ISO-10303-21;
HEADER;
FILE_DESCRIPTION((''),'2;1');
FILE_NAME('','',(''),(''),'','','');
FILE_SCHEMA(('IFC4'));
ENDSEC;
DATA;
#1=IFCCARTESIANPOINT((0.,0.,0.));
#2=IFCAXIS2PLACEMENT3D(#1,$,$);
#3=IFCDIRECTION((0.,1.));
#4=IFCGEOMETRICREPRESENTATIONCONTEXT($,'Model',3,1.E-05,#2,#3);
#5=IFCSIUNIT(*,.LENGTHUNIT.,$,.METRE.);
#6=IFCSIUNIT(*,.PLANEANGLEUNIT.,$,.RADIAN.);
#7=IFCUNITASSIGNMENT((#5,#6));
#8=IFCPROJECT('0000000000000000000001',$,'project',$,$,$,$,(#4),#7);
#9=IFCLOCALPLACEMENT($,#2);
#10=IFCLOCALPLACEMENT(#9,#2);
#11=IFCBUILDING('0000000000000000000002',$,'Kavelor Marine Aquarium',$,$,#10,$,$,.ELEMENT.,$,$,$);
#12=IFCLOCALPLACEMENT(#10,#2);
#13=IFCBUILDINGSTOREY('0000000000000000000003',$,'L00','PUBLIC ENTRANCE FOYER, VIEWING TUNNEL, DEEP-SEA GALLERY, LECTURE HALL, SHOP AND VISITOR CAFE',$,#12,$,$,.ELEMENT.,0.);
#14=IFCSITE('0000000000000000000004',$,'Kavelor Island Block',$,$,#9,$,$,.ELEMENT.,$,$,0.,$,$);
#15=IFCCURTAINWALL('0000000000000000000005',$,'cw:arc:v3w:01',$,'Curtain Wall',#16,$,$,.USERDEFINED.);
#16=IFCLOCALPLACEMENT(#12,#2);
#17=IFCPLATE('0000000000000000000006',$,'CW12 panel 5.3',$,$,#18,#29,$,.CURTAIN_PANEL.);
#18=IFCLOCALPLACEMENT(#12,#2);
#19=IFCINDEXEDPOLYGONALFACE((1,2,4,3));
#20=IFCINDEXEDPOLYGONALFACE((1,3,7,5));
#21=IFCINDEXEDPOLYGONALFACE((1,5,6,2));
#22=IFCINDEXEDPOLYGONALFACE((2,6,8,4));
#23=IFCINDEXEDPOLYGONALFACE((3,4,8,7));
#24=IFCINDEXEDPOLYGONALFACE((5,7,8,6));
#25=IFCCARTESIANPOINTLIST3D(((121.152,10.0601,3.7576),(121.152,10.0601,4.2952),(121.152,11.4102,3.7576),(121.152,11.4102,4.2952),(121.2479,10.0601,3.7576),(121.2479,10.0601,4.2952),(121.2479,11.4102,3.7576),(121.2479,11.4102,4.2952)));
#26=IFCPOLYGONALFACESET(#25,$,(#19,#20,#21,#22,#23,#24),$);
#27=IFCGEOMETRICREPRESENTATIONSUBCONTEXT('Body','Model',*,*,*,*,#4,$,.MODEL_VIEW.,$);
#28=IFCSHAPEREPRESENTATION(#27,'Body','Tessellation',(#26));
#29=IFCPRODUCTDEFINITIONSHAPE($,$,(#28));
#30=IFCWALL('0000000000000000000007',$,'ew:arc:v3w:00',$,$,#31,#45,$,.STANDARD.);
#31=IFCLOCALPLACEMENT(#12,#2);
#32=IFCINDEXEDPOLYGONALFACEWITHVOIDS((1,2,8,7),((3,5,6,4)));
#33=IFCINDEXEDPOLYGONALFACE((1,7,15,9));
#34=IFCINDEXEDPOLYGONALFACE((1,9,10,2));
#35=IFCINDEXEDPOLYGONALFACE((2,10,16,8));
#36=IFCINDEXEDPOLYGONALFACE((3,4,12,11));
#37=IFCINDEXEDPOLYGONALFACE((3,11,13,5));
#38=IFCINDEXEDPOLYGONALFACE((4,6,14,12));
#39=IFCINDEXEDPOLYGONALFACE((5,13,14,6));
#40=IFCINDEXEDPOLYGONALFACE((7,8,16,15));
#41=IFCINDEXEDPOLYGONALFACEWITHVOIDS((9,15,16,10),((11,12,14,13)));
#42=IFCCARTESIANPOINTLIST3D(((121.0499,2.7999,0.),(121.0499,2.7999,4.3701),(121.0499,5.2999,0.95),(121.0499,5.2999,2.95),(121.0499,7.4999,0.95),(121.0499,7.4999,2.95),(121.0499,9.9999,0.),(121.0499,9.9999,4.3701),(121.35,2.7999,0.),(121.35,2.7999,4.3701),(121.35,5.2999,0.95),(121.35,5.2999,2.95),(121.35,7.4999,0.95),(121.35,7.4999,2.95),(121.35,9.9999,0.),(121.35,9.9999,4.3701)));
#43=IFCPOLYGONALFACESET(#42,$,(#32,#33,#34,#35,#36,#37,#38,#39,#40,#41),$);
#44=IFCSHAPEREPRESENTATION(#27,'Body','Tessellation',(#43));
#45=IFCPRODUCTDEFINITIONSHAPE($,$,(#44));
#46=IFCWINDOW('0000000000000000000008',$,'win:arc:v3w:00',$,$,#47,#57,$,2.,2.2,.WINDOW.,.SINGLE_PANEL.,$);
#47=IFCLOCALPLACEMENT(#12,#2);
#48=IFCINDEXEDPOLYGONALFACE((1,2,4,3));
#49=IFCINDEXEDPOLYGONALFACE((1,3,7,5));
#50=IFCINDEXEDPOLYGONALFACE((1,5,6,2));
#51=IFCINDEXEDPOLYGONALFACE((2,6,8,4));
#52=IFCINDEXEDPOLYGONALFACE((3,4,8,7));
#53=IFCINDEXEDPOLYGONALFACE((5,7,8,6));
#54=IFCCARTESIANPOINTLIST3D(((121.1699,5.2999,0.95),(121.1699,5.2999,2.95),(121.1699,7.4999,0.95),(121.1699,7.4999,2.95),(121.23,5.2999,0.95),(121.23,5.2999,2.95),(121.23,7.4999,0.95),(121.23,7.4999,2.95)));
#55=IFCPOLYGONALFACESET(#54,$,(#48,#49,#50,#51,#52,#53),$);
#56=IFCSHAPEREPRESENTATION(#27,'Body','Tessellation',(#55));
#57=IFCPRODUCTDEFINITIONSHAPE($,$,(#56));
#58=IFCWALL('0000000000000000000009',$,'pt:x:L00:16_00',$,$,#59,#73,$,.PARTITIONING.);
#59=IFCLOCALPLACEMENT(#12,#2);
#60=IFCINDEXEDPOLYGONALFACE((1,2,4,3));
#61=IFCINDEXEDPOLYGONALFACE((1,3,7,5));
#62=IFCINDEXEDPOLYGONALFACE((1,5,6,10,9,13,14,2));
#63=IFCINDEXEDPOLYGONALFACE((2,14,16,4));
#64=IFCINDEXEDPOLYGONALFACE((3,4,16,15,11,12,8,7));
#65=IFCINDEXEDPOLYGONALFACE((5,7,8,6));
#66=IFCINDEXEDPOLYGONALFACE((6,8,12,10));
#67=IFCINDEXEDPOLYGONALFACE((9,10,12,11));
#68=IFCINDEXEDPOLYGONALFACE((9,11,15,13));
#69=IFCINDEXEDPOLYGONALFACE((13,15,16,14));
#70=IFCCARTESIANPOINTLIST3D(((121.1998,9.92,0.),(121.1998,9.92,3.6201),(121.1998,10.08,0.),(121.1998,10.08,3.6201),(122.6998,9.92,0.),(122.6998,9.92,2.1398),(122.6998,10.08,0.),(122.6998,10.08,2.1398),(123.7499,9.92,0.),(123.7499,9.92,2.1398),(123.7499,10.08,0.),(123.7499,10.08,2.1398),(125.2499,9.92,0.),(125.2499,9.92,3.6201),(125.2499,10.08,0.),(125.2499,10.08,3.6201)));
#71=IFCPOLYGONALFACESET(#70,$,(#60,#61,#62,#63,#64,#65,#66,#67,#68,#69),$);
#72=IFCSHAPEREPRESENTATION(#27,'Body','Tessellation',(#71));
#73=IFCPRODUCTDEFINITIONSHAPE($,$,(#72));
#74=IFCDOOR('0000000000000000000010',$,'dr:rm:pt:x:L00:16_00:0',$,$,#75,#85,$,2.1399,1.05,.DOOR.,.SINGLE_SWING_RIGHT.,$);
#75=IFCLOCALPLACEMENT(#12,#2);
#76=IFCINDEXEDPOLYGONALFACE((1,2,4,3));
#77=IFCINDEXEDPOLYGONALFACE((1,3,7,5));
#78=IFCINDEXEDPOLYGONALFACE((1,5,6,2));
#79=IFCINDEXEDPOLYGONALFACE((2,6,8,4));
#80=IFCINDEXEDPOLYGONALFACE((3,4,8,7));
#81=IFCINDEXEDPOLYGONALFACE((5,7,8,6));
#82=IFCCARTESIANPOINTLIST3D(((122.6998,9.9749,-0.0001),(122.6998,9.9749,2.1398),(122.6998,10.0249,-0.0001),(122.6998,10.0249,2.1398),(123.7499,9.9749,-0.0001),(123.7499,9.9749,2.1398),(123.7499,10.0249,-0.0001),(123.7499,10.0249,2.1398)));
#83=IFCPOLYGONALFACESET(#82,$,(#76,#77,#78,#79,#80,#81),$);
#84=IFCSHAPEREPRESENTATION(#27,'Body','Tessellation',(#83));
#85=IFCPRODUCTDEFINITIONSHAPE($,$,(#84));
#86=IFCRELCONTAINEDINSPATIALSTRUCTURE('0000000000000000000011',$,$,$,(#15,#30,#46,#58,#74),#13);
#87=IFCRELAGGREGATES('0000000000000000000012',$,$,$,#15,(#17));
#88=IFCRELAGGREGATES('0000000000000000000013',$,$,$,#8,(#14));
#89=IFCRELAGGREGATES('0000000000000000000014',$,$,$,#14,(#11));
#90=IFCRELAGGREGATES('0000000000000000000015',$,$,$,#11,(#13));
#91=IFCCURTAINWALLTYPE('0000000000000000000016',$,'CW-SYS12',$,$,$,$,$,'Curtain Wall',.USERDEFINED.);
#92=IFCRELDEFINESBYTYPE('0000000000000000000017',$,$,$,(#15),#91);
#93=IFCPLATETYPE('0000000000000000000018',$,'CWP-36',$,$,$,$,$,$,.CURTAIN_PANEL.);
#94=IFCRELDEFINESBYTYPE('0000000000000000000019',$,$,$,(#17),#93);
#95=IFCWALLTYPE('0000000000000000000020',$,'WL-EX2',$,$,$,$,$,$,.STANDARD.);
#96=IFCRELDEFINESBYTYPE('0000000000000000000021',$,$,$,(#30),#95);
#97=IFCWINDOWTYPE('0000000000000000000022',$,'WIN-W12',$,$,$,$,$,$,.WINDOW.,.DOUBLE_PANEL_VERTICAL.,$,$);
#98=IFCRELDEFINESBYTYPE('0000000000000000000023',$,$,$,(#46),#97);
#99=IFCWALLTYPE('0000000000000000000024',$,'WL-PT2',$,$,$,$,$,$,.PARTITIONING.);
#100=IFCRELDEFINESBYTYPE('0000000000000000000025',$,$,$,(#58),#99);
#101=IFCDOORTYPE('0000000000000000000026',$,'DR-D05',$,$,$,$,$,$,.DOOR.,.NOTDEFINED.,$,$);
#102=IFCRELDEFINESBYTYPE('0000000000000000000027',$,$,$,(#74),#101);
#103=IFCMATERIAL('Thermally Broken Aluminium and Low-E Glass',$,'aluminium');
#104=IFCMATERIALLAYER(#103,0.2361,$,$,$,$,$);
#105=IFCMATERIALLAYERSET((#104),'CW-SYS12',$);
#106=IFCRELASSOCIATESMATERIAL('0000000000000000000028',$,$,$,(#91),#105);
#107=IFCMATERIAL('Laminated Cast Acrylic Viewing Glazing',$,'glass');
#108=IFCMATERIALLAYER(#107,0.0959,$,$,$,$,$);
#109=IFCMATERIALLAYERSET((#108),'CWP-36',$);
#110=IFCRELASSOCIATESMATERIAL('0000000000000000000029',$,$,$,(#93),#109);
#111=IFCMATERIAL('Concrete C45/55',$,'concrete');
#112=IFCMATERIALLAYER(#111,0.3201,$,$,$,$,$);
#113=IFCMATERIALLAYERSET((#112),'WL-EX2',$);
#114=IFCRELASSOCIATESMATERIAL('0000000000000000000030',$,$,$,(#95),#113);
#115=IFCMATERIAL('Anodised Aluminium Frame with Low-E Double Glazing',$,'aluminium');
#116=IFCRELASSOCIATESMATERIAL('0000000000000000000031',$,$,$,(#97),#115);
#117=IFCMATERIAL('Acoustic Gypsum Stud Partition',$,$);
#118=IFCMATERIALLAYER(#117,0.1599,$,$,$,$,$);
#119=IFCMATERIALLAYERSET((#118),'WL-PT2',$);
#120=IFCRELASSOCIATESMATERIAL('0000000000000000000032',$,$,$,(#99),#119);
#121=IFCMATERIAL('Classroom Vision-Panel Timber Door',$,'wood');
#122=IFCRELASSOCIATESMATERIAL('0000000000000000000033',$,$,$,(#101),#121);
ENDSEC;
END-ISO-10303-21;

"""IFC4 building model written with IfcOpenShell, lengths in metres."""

from ifc_helpers import new_model, si_unit, direction, frame, frame_2d, origin, origin_2d, place, context, subcontext, project, spatial, rectangle, extrude, material, layer, layer_set, type_object, element, fill, aggregate, save


model = new_model("IFC4")

# Units and contexts
model_context = context("Model", 3, precision=1e-05, world=origin(), true_north=direction((0.0, 1.0)))
body_context = subcontext(model_context, "Body", "Model", "MODEL_VIEW")
ifc_project = project(units=[si_unit("LENGTHUNIT", "METRE"), si_unit("PLANEANGLEUNIT", "RADIAN")], contexts=[model_context])

# Site, building, storey
site_placement = place(None, origin())
site = spatial("IfcSite", under=ifc_project, at=site_placement, Name="Kavelor Island Block", CompositionType="ELEMENT", RefElevation=0.0)
building_placement = place(site_placement, origin())
building = spatial("IfcBuilding", under=site, at=building_placement, Name="Kavelor Marine Aquarium", CompositionType="ELEMENT")
storey_placement = place(building_placement, origin())
storey = spatial("IfcBuildingStorey", under=building, at=storey_placement, Name="L00", Description="PUBLIC ENTRANCE FOYER, VIEWING TUNNEL, DEEP-SEA GALLERY, LECTURE HALL, SHOP AND VISITOR CAFE", CompositionType="ELEMENT", Elevation=0.0)

# Curtain wall, plate
ifc_material_1 = material(Name="Thermally Broken Aluminium and Low-E Glass", Category="aluminium")
ifc_layer_1 = layer(ifc_material_1, 0.2361)
ifc_layer_set_1 = layer_set([ifc_layer_1], Name="CW-SYS12")
curtain_wall_type = type_object("IfcCurtainWallType", Name="CW-SYS12", ElementType="Curtain Wall", PredefinedType="USERDEFINED", material=ifc_layer_set_1)
curtain_wall_placement = place(storey_placement, origin())
curtain_wall = element("IfcCurtainWall", 1, at=curtain_wall_placement, inside=storey, type_object=curtain_wall_type, Name="cw:arc:v3w:01", ObjectType="Curtain Wall", PredefinedType="USERDEFINED")
ifc_material_2 = material(Name="Laminated Cast Acrylic Viewing Glazing", Category="glass")
ifc_layer_2 = layer(ifc_material_2, 0.0959)
ifc_layer_set_2 = layer_set([ifc_layer_2], Name="CWP-36")
plate_type = type_object("IfcPlateType", Name="CWP-36", PredefinedType="CURTAIN_PANEL", material=ifc_layer_set_2)
plate_1_placement = place(storey_placement, frame((121.2, 10.7351, 3.7576), z_axis=(0.0, 0.0, 1.0), x_axis=(0.0, -1.0, 0.0)))
plate_1 = element("IfcPlate", 2, at=plate_1_placement, type_object=plate_type, Name="CW12 panel 5.3", PredefinedType="CURTAIN_PANEL", context=body_context, shape_type="SweptSolid", body=[
    extrude(rectangle(XDim=1.3501, YDim=0.0959, at=origin_2d()), origin(), (0.0, 0.0, 1.0), 0.5376),
])
aggregate(curtain_wall, [plate_1])

# Wall, opening, window
ifc_material_3 = material(Name="Concrete C45/55", Category="concrete")
ifc_layer_3 = layer(ifc_material_3, 0.3201)
ifc_layer_set_3 = layer_set([ifc_layer_3], Name="WL-EX2")
wall_type_1 = type_object("IfcWallType", Name="WL-EX2", PredefinedType="STANDARD", material=ifc_layer_set_3)
wall_1_placement = place(storey_placement, frame((121.2, 10.0, 0.0), z_axis=(0.0, 0.0, 1.0), x_axis=(0.0, -1.0, 0.0)))
wall_1 = element("IfcWall", 3, at=wall_1_placement, inside=storey, type_object=wall_type_1, Name="ew:arc:v3w:00", PredefinedType="STANDARD", context=body_context, shape_type="SweptSolid", body=[
    extrude(rectangle(XDim=7.2, YDim=0.3, at=frame_2d((3.6001, 0.0))), origin(), (0.0, 0.0, 1.0), 4.3701),
])
opening_1_placement = place(wall_1_placement, frame((2.5, 0.0, 0.95)))
opening_1 = element("IfcOpeningElement", 4, at=opening_1_placement, cuts=wall_1, PredefinedType="OPENING", context=body_context, shape_type="SweptSolid", body=[
    extrude(rectangle(XDim=2.2, YDim=2.0, at=frame_2d((1.1001, 1.0))), frame((0.0, 0.1599, 0.0), z_axis=(0.0, -1.0, 0.0), x_axis=(1.0, 0.0, 0.0)), (0.0, 0.0, 1.0), 0.32),
])
ifc_material_4 = material(Name="Anodised Aluminium Frame with Low-E Double Glazing", Category="aluminium")
window_type = type_object("IfcWindowType", Name="WIN-W12", PartitioningType="DOUBLE_PANEL_VERTICAL", PredefinedType="WINDOW", material=ifc_material_4)
window_placement = place(opening_1_placement, origin())
window = element("IfcWindow", 5, at=window_placement, inside=storey, type_object=window_type, Name="win:arc:v3w:00", OverallHeight=2.0, OverallWidth=2.2, PartitioningType="SINGLE_PANEL", PredefinedType="WINDOW", context=body_context, shape_type="SweptSolid", body=[
    extrude(rectangle(XDim=2.2, YDim=2.0, at=frame_2d((1.1001, 1.0))), frame((0.0, 0.03, 0.0), z_axis=(0.0, -1.0, 0.0), x_axis=(1.0, 0.0, 0.0)), (0.0, 0.0, 1.0), 0.0601),
])
fill(opening_1, window)

# Wall, opening, door
ifc_material_5 = material(Name="Acoustic Gypsum Stud Partition")
ifc_layer_4 = layer(ifc_material_5, 0.1599)
ifc_layer_set_4 = layer_set([ifc_layer_4], Name="WL-PT2")
wall_type_2 = type_object("IfcWallType", Name="WL-PT2", PredefinedType="PARTITIONING", material=ifc_layer_set_4)
wall_2_placement = place(storey_placement, frame((121.2, 10.0, 0.0), z_axis=(0.0, 0.0, 1.0), x_axis=(1.0, 0.0, 0.0)))
wall_2 = element("IfcWall", 6, at=wall_2_placement, inside=storey, type_object=wall_type_2, Name="pt:x:L00:16_00", PredefinedType="PARTITIONING", context=body_context, shape_type="SweptSolid", body=[
    extrude(rectangle(XDim=4.05, YDim=0.1599, at=frame_2d((2.0249, 0.0))), origin(), (0.0, 0.0, 1.0), 3.6201),
])
opening_2_placement = place(wall_2_placement, frame((1.5, 0.0, 0.0)))
opening_2 = element("IfcOpeningElement", 7, at=opening_2_placement, cuts=wall_2, PredefinedType="OPENING", context=body_context, shape_type="SweptSolid", body=[
    extrude(rectangle(XDim=1.05, YDim=2.1399, at=frame_2d((0.5249, 1.0698))), frame((0.0, 0.0898, 0.0), z_axis=(0.0, -1.0, 0.0), x_axis=(1.0, 0.0, 0.0)), (0.0, 0.0, 1.0), 0.1799),
])
ifc_material_6 = material(Name="Classroom Vision-Panel Timber Door", Category="wood")
door_type = type_object("IfcDoorType", Name="DR-D05", OperationType="NOTDEFINED", PredefinedType="DOOR", material=ifc_material_6)
door_placement = place(opening_2_placement, origin())
door = element("IfcDoor", 8, at=door_placement, inside=storey, type_object=door_type, Name="dr:rm:pt:x:L00:16_00:0", OperationType="SINGLE_SWING_RIGHT", OverallHeight=2.1399, OverallWidth=1.05, PredefinedType="DOOR", context=body_context, shape_type="SweptSolid", body=[
    extrude(rectangle(XDim=1.05, YDim=2.1399, at=frame_2d((0.5249, 1.0698))), frame((0.0, 0.0249, 0.0), z_axis=(0.0, -1.0, 0.0), x_axis=(1.0, 0.0, 0.0)), (0.0, 0.0, 1.0), 0.05),
])
fill(opening_2, door)

save(model, "model.ifc")
